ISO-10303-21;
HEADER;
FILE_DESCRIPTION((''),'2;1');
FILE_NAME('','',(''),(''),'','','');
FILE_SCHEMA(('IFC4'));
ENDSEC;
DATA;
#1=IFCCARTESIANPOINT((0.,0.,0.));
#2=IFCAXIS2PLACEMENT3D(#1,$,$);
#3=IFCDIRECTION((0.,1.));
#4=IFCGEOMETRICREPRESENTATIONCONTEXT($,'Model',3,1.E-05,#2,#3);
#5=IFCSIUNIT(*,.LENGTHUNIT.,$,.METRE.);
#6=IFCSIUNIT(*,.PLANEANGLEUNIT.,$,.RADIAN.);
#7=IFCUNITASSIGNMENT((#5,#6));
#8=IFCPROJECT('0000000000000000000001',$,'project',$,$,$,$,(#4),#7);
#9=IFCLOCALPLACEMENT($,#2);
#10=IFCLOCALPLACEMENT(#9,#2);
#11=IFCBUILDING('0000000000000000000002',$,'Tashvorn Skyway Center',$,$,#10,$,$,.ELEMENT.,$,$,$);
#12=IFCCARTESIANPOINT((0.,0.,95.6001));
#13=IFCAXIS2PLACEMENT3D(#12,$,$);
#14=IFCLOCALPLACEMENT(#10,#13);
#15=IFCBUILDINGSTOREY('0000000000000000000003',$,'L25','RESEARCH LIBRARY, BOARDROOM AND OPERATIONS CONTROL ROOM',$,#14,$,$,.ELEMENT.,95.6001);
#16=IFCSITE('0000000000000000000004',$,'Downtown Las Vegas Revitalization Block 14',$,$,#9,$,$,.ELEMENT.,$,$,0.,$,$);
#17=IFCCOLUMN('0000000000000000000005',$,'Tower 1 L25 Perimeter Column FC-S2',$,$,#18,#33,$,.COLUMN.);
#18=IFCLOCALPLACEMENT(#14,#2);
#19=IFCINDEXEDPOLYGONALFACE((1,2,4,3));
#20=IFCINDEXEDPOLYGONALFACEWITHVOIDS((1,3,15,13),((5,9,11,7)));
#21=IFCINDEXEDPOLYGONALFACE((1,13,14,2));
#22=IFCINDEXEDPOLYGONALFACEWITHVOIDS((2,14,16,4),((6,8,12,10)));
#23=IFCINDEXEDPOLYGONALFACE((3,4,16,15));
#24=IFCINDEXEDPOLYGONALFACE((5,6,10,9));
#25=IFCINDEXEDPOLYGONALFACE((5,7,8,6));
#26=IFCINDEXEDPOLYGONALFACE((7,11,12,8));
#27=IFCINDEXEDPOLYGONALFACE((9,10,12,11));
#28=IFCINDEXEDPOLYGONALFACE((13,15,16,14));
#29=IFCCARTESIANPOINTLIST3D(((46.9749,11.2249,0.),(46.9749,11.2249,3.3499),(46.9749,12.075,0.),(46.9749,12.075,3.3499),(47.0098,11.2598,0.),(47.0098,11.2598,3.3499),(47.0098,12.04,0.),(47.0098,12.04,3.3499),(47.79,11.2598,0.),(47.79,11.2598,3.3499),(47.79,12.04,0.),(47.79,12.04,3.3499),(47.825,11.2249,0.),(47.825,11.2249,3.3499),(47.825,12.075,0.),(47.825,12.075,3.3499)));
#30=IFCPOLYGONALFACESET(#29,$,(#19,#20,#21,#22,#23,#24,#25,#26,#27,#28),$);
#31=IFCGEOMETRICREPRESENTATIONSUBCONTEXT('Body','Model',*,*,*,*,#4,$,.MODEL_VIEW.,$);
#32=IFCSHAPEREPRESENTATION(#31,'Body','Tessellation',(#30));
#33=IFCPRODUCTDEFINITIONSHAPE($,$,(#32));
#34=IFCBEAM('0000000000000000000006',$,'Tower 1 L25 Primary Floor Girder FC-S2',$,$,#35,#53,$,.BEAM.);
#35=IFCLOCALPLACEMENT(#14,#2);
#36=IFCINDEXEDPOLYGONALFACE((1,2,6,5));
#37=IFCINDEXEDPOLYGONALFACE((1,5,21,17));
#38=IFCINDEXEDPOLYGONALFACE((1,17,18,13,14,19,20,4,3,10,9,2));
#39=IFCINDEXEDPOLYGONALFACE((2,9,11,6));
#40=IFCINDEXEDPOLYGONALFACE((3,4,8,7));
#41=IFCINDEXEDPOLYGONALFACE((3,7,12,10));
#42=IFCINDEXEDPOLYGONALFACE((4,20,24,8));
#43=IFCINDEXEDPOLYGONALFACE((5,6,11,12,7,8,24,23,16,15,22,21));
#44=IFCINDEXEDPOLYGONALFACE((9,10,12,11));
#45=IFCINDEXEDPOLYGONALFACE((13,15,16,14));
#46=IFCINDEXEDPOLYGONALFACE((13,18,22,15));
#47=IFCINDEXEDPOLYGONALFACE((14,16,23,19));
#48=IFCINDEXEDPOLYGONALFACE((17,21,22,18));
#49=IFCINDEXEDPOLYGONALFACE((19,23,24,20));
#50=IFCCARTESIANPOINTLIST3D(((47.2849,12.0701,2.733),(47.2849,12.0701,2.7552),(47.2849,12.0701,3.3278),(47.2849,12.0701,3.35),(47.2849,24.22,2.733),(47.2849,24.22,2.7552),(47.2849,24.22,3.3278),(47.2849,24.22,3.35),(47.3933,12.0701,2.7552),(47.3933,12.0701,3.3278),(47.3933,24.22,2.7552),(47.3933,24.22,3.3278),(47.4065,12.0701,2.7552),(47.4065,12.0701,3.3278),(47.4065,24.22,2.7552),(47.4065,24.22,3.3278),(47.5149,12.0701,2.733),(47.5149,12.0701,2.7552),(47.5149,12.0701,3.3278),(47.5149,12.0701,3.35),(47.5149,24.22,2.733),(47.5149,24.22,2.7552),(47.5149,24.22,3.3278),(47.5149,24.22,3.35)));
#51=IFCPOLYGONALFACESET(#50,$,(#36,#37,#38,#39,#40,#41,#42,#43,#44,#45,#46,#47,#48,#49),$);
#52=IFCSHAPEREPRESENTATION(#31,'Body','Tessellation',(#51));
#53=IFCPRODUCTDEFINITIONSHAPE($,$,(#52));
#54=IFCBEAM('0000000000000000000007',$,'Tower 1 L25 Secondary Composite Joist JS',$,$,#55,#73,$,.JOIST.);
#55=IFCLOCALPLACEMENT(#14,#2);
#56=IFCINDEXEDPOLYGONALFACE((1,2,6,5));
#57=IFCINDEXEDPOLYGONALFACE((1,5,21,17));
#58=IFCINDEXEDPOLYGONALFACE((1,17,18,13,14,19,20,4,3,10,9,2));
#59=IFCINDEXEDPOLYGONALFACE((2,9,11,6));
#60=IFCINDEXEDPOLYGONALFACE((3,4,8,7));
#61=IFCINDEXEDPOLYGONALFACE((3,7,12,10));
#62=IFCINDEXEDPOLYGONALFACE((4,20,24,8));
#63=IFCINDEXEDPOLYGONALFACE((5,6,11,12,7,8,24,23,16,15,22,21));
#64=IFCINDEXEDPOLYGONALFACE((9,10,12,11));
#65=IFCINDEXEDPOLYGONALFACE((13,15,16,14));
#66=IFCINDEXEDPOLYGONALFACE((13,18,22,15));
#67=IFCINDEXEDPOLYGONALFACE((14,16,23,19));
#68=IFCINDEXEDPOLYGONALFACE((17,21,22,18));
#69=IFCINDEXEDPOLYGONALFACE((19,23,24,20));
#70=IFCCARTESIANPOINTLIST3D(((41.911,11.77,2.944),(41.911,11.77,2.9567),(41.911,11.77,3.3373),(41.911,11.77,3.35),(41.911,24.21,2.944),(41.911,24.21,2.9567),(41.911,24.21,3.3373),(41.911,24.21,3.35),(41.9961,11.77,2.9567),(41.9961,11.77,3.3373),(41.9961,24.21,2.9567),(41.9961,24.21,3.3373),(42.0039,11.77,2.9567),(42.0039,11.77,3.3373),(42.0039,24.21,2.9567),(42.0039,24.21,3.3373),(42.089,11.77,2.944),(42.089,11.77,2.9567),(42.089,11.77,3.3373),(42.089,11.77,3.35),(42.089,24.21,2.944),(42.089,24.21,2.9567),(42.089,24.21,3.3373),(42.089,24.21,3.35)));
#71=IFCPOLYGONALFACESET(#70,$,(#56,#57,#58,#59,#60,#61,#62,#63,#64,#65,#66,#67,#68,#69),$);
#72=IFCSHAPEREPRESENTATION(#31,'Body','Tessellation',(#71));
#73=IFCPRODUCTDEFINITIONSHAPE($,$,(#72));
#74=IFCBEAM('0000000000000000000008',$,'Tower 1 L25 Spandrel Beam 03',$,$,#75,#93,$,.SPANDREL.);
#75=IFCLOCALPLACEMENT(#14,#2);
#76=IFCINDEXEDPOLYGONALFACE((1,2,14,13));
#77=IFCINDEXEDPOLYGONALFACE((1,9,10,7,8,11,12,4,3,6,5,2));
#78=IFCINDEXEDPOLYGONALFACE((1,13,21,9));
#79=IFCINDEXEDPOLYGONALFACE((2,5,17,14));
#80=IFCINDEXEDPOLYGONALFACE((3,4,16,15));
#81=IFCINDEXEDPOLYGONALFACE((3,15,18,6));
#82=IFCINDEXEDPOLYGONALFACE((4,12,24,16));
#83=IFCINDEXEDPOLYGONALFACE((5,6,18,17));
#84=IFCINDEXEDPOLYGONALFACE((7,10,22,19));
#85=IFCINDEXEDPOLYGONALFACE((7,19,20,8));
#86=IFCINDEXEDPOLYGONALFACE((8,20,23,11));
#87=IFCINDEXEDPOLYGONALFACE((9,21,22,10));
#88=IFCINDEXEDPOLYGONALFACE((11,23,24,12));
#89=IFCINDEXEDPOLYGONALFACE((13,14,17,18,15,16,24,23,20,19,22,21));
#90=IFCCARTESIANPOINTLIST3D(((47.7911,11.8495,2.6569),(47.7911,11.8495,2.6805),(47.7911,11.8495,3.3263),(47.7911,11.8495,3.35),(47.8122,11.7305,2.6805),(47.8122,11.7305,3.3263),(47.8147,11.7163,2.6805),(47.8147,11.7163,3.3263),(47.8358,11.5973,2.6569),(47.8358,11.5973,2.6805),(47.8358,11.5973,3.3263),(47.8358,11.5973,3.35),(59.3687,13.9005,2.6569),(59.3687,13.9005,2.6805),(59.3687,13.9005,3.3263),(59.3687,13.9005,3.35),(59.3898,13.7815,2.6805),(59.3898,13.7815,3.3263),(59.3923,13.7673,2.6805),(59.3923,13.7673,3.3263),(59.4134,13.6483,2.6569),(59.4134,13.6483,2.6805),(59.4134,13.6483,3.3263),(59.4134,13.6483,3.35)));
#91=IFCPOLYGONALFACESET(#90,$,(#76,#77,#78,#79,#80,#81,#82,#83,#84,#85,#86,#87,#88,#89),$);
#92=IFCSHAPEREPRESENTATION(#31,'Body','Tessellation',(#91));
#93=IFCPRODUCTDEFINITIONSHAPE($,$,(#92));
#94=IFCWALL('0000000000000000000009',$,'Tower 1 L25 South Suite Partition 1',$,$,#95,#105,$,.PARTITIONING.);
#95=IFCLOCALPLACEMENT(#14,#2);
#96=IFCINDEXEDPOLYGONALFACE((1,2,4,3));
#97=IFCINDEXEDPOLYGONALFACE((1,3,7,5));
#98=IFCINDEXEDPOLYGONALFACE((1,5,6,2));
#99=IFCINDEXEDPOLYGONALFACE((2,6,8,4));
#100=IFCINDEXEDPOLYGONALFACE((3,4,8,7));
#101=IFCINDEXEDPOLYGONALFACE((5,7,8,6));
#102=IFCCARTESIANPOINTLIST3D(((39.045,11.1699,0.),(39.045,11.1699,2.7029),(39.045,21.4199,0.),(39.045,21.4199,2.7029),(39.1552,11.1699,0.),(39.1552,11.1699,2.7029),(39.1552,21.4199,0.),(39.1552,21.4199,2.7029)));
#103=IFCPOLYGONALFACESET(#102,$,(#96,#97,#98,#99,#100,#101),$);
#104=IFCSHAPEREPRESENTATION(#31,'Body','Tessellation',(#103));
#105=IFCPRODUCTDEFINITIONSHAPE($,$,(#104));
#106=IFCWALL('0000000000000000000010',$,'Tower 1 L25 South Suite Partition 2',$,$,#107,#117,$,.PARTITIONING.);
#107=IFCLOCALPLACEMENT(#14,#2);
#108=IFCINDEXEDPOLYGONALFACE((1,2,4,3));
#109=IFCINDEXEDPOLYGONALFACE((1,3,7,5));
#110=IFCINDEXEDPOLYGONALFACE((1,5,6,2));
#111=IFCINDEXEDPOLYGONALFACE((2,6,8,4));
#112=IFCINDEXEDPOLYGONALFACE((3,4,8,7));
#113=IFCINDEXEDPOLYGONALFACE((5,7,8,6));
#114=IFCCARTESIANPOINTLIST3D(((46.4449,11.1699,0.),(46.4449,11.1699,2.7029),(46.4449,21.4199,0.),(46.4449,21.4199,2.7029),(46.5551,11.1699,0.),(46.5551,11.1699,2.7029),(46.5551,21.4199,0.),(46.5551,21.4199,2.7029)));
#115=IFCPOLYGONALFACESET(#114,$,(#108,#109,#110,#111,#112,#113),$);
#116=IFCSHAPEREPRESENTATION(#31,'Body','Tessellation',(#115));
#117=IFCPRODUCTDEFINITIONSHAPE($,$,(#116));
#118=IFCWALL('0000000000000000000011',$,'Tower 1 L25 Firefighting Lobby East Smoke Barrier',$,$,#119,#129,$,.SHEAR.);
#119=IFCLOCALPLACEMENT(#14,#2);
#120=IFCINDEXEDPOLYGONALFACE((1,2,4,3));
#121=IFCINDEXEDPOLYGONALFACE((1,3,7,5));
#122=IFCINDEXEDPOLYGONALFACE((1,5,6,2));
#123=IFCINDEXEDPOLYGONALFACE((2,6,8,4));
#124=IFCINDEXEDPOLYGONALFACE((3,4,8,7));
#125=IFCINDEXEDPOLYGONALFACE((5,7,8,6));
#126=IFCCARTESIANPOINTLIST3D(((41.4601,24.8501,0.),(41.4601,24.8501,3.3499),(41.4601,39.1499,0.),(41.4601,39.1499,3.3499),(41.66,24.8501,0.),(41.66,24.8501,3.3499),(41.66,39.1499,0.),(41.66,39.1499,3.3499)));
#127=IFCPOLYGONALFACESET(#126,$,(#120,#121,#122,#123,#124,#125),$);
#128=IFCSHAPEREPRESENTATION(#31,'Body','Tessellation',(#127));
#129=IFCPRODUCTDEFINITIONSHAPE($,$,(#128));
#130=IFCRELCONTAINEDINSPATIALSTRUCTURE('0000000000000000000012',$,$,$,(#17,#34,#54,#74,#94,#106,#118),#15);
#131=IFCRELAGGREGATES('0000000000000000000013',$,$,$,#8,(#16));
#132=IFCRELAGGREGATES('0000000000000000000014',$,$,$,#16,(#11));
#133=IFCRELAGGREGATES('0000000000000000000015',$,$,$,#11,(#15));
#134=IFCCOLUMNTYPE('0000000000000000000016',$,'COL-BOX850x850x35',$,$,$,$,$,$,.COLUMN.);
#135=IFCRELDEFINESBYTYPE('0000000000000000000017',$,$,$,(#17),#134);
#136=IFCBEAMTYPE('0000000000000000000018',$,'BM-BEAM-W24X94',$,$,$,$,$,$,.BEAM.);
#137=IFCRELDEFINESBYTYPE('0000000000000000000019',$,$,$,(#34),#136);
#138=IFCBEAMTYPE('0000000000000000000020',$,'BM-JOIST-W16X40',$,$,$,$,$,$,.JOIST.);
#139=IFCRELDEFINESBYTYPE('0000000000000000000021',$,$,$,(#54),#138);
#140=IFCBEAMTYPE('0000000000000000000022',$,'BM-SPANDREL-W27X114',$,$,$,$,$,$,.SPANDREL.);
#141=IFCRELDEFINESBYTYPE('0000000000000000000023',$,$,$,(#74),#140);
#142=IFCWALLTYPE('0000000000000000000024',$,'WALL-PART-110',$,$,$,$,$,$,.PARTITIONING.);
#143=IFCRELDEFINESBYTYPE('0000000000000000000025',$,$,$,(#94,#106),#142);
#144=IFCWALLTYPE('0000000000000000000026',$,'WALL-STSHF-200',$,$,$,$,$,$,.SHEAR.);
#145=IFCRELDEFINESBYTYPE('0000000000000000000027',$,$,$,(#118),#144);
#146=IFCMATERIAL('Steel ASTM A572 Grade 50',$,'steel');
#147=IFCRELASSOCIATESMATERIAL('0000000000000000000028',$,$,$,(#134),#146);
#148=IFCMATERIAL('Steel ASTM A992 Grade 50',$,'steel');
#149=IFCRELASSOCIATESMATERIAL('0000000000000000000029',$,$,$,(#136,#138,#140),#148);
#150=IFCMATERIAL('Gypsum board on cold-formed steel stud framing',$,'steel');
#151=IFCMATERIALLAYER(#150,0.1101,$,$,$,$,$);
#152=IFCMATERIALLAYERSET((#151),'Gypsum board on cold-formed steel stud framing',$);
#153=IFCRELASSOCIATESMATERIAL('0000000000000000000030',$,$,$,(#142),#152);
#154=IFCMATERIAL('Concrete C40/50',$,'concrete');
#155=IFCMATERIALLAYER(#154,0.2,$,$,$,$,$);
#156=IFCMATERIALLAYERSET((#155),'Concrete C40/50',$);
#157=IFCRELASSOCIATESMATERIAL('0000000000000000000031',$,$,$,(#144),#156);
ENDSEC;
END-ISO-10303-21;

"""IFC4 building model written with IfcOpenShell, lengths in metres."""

from ifc_helpers import new_model, si_unit, direction, frame, frame_2d, origin, origin_2d, place, context, subcontext, project, spatial, rectangle, hollow_rectangle, i_section, extrude, material, layer, layer_set, material_profile, profile_set, type_object, element, save


model = new_model("IFC4")

# Units and contexts
model_context = context("Model", 3, precision=1e-05, world=origin(), true_north=direction((0.0, 1.0)))
body_context = subcontext(model_context, "Body", "Model", "MODEL_VIEW")
ifc_project = project(units=[si_unit("LENGTHUNIT", "METRE"), si_unit("PLANEANGLEUNIT", "RADIAN")], contexts=[model_context])

# Site, building, storey
site_placement = place(None, origin())
site = spatial("IfcSite", under=ifc_project, at=site_placement, Name="Downtown Las Vegas Revitalization Block 14", CompositionType="ELEMENT", RefElevation=0.0)
building_placement = place(site_placement, origin())
building = spatial("IfcBuilding", under=site, at=building_placement, Name="Tashvorn Skyway Center", CompositionType="ELEMENT")
storey_placement = place(building_placement, frame((0.0, 0.0, 95.6001)))
storey = spatial("IfcBuildingStorey", under=building, at=storey_placement, Name="L25", Description="RESEARCH LIBRARY, BOARDROOM AND OPERATIONS CONTROL ROOM", CompositionType="ELEMENT", Elevation=95.6001)

# Column
ifc_material_1 = material(Name="Steel ASTM A572 Grade 50", Category="steel")
ifc_material_profile_1 = material_profile(ifc_material_1, hollow_rectangle(XDim=0.8501, YDim=0.8501, WallThickness=0.0349, at=origin_2d()), Name="BOX850x850x35")
ifc_profile_set_1 = profile_set([ifc_material_profile_1], Name="Steel ASTM A572 Grade 50")
column_type = type_object("IfcColumnType", Name="COL-BOX850x850x35", PredefinedType="COLUMN", material=ifc_profile_set_1)
column_placement = place(storey_placement, frame((47.3999, 11.6499, 0.0), z_axis=(0.0, 0.0, 1.0), x_axis=(1.0, 0.0, 0.0)))
element("IfcColumn", 1, at=column_placement, inside=storey, type_object=column_type, Name="Tower 1 L25 Perimeter Column FC-S2", PredefinedType="COLUMN", context=body_context, shape_type="SweptSolid", body=[
    extrude(hollow_rectangle(XDim=0.8501, YDim=0.8501, WallThickness=0.0349, at=origin_2d()), origin(), (0.0, 0.0, 1.0), 3.3499),
])

# Beams
ifc_material_2 = material(Name="Steel ASTM A992 Grade 50", Category="steel")
ifc_material_profile_2 = material_profile(ifc_material_2, i_section(OverallWidth=0.23, OverallDepth=0.6169, WebThickness=0.0132, FlangeThickness=0.0222, at=origin_2d()), Name="W24X94")
ifc_profile_set_2 = profile_set([ifc_material_profile_2], Name="Steel ASTM A992 Grade 50")
beam_type_1 = type_object("IfcBeamType", Name="BM-BEAM-W24X94", PredefinedType="BEAM", material=ifc_profile_set_2)
beam_1_placement = place(storey_placement, frame((47.3999, 12.0701, 3.0415), z_axis=(0.0, 1.0, 0.0), x_axis=(-1.0, 0.0, 0.0)))
element("IfcBeam", 2, at=beam_1_placement, inside=storey, type_object=beam_type_1, Name="Tower 1 L25 Primary Floor Girder FC-S2", PredefinedType="BEAM", context=body_context, shape_type="SweptSolid", body=[
    extrude(i_section(OverallWidth=0.23, OverallDepth=0.6169, WebThickness=0.0132, FlangeThickness=0.0222, at=origin_2d()), origin(), (0.0, 0.0, 1.0), 12.1499),
])
ifc_material_profile_3 = material_profile(ifc_material_2, i_section(OverallWidth=0.178, OverallDepth=0.406, WebThickness=0.0078, FlangeThickness=0.0127, at=origin_2d()), Name="W16X40")
ifc_profile_set_3 = profile_set([ifc_material_profile_3], Name="Steel ASTM A992 Grade 50")
beam_type_2 = type_object("IfcBeamType", Name="BM-JOIST-W16X40", PredefinedType="JOIST", material=ifc_profile_set_3)
beam_2_placement = place(storey_placement, frame((42.0, 24.21, 3.147), z_axis=(0.0, -1.0, 0.0), x_axis=(1.0, 0.0, 0.0)))
element("IfcBeam", 3, at=beam_2_placement, inside=storey, type_object=beam_type_2, Name="Tower 1 L25 Secondary Composite Joist JS", PredefinedType="JOIST", context=body_context, shape_type="SweptSolid", body=[
    extrude(i_section(OverallWidth=0.178, OverallDepth=0.406, WebThickness=0.0078, FlangeThickness=0.0127, at=origin_2d()), origin(), (0.0, 0.0, 1.0), 12.4399),
])
ifc_material_profile_4 = material_profile(ifc_material_2, i_section(OverallWidth=0.2561, OverallDepth=0.6931, WebThickness=0.0144, FlangeThickness=0.0237, at=origin_2d()), Name="W27X114")
ifc_profile_set_4 = profile_set([ifc_material_profile_4], Name="Steel ASTM A992 Grade 50")
beam_type_3 = type_object("IfcBeamType", Name="BM-SPANDREL-W27X114", PredefinedType="SPANDREL", material=ifc_profile_set_4)
beam_3_placement = place(storey_placement, frame((47.8135, 11.7234, 3.0034), z_axis=(0.984668, 0.174438, 0.0), x_axis=(-0.174438, 0.984668, 0.0)))
element("IfcBeam", 4, at=beam_3_placement, inside=storey, type_object=beam_type_3, Name="Tower 1 L25 Spandrel Beam 03", PredefinedType="SPANDREL", context=body_context, shape_type="SweptSolid", body=[
    extrude(i_section(OverallWidth=0.2561, OverallDepth=0.6931, WebThickness=0.0144, FlangeThickness=0.0237, at=origin_2d()), origin(), (0.0, 0.0, 1.0), 11.7578),
])

# Walls
ifc_material_3 = material(Name="Gypsum board on cold-formed steel stud framing", Category="steel")
ifc_layer_1 = layer(ifc_material_3, 0.1101)
ifc_layer_set_1 = layer_set([ifc_layer_1], Name="Gypsum board on cold-formed steel stud framing")
wall_type_1 = type_object("IfcWallType", Name="WALL-PART-110", PredefinedType="PARTITIONING", material=ifc_layer_set_1)
for number, where, z_axis, x_axis, name in (
    (5, (39.1001, 11.1699, 0.0), (0.0, 0.0, 1.0), (0.0, 1.0, 0.0), "Tower 1 L25 South Suite Partition 1"),
    (6, (46.5, 11.1699, 0.0), (0.0, 0.0, 1.0), (0.0, 1.0, 0.0), "Tower 1 L25 South Suite Partition 2"),
):
    element("IfcWall", number, at=place(storey_placement, frame(where, z_axis=z_axis, x_axis=x_axis)), inside=storey, type_object=wall_type_1, Name=name, PredefinedType="PARTITIONING", context=body_context, shape_type="SweptSolid", body=[
        extrude(rectangle(XDim=10.25, YDim=0.1101, at=frame_2d((5.125, 0.0))), origin(), (0.0, 0.0, 1.0), 2.7029),
    ])
ifc_material_4 = material(Name="Concrete C40/50", Category="concrete")
ifc_layer_2 = layer(ifc_material_4, 0.2)
ifc_layer_set_2 = layer_set([ifc_layer_2], Name="Concrete C40/50")
wall_type_2 = type_object("IfcWallType", Name="WALL-STSHF-200", PredefinedType="SHEAR", material=ifc_layer_set_2)
wall_1_placement = place(storey_placement, frame((41.5601, 24.8501, 0.0), z_axis=(0.0, 0.0, 1.0), x_axis=(0.0, 1.0, 0.0)))
element("IfcWall", 7, at=wall_1_placement, inside=storey, type_object=wall_type_2, Name="Tower 1 L25 Firefighting Lobby East Smoke Barrier", PredefinedType="SHEAR", context=body_context, shape_type="SweptSolid", body=[
    extrude(rectangle(XDim=14.2998, YDim=0.2, at=frame_2d((7.1499, 0.0))), origin(), (0.0, 0.0, 1.0), 3.3499),
])

save(model, "model.ifc")
